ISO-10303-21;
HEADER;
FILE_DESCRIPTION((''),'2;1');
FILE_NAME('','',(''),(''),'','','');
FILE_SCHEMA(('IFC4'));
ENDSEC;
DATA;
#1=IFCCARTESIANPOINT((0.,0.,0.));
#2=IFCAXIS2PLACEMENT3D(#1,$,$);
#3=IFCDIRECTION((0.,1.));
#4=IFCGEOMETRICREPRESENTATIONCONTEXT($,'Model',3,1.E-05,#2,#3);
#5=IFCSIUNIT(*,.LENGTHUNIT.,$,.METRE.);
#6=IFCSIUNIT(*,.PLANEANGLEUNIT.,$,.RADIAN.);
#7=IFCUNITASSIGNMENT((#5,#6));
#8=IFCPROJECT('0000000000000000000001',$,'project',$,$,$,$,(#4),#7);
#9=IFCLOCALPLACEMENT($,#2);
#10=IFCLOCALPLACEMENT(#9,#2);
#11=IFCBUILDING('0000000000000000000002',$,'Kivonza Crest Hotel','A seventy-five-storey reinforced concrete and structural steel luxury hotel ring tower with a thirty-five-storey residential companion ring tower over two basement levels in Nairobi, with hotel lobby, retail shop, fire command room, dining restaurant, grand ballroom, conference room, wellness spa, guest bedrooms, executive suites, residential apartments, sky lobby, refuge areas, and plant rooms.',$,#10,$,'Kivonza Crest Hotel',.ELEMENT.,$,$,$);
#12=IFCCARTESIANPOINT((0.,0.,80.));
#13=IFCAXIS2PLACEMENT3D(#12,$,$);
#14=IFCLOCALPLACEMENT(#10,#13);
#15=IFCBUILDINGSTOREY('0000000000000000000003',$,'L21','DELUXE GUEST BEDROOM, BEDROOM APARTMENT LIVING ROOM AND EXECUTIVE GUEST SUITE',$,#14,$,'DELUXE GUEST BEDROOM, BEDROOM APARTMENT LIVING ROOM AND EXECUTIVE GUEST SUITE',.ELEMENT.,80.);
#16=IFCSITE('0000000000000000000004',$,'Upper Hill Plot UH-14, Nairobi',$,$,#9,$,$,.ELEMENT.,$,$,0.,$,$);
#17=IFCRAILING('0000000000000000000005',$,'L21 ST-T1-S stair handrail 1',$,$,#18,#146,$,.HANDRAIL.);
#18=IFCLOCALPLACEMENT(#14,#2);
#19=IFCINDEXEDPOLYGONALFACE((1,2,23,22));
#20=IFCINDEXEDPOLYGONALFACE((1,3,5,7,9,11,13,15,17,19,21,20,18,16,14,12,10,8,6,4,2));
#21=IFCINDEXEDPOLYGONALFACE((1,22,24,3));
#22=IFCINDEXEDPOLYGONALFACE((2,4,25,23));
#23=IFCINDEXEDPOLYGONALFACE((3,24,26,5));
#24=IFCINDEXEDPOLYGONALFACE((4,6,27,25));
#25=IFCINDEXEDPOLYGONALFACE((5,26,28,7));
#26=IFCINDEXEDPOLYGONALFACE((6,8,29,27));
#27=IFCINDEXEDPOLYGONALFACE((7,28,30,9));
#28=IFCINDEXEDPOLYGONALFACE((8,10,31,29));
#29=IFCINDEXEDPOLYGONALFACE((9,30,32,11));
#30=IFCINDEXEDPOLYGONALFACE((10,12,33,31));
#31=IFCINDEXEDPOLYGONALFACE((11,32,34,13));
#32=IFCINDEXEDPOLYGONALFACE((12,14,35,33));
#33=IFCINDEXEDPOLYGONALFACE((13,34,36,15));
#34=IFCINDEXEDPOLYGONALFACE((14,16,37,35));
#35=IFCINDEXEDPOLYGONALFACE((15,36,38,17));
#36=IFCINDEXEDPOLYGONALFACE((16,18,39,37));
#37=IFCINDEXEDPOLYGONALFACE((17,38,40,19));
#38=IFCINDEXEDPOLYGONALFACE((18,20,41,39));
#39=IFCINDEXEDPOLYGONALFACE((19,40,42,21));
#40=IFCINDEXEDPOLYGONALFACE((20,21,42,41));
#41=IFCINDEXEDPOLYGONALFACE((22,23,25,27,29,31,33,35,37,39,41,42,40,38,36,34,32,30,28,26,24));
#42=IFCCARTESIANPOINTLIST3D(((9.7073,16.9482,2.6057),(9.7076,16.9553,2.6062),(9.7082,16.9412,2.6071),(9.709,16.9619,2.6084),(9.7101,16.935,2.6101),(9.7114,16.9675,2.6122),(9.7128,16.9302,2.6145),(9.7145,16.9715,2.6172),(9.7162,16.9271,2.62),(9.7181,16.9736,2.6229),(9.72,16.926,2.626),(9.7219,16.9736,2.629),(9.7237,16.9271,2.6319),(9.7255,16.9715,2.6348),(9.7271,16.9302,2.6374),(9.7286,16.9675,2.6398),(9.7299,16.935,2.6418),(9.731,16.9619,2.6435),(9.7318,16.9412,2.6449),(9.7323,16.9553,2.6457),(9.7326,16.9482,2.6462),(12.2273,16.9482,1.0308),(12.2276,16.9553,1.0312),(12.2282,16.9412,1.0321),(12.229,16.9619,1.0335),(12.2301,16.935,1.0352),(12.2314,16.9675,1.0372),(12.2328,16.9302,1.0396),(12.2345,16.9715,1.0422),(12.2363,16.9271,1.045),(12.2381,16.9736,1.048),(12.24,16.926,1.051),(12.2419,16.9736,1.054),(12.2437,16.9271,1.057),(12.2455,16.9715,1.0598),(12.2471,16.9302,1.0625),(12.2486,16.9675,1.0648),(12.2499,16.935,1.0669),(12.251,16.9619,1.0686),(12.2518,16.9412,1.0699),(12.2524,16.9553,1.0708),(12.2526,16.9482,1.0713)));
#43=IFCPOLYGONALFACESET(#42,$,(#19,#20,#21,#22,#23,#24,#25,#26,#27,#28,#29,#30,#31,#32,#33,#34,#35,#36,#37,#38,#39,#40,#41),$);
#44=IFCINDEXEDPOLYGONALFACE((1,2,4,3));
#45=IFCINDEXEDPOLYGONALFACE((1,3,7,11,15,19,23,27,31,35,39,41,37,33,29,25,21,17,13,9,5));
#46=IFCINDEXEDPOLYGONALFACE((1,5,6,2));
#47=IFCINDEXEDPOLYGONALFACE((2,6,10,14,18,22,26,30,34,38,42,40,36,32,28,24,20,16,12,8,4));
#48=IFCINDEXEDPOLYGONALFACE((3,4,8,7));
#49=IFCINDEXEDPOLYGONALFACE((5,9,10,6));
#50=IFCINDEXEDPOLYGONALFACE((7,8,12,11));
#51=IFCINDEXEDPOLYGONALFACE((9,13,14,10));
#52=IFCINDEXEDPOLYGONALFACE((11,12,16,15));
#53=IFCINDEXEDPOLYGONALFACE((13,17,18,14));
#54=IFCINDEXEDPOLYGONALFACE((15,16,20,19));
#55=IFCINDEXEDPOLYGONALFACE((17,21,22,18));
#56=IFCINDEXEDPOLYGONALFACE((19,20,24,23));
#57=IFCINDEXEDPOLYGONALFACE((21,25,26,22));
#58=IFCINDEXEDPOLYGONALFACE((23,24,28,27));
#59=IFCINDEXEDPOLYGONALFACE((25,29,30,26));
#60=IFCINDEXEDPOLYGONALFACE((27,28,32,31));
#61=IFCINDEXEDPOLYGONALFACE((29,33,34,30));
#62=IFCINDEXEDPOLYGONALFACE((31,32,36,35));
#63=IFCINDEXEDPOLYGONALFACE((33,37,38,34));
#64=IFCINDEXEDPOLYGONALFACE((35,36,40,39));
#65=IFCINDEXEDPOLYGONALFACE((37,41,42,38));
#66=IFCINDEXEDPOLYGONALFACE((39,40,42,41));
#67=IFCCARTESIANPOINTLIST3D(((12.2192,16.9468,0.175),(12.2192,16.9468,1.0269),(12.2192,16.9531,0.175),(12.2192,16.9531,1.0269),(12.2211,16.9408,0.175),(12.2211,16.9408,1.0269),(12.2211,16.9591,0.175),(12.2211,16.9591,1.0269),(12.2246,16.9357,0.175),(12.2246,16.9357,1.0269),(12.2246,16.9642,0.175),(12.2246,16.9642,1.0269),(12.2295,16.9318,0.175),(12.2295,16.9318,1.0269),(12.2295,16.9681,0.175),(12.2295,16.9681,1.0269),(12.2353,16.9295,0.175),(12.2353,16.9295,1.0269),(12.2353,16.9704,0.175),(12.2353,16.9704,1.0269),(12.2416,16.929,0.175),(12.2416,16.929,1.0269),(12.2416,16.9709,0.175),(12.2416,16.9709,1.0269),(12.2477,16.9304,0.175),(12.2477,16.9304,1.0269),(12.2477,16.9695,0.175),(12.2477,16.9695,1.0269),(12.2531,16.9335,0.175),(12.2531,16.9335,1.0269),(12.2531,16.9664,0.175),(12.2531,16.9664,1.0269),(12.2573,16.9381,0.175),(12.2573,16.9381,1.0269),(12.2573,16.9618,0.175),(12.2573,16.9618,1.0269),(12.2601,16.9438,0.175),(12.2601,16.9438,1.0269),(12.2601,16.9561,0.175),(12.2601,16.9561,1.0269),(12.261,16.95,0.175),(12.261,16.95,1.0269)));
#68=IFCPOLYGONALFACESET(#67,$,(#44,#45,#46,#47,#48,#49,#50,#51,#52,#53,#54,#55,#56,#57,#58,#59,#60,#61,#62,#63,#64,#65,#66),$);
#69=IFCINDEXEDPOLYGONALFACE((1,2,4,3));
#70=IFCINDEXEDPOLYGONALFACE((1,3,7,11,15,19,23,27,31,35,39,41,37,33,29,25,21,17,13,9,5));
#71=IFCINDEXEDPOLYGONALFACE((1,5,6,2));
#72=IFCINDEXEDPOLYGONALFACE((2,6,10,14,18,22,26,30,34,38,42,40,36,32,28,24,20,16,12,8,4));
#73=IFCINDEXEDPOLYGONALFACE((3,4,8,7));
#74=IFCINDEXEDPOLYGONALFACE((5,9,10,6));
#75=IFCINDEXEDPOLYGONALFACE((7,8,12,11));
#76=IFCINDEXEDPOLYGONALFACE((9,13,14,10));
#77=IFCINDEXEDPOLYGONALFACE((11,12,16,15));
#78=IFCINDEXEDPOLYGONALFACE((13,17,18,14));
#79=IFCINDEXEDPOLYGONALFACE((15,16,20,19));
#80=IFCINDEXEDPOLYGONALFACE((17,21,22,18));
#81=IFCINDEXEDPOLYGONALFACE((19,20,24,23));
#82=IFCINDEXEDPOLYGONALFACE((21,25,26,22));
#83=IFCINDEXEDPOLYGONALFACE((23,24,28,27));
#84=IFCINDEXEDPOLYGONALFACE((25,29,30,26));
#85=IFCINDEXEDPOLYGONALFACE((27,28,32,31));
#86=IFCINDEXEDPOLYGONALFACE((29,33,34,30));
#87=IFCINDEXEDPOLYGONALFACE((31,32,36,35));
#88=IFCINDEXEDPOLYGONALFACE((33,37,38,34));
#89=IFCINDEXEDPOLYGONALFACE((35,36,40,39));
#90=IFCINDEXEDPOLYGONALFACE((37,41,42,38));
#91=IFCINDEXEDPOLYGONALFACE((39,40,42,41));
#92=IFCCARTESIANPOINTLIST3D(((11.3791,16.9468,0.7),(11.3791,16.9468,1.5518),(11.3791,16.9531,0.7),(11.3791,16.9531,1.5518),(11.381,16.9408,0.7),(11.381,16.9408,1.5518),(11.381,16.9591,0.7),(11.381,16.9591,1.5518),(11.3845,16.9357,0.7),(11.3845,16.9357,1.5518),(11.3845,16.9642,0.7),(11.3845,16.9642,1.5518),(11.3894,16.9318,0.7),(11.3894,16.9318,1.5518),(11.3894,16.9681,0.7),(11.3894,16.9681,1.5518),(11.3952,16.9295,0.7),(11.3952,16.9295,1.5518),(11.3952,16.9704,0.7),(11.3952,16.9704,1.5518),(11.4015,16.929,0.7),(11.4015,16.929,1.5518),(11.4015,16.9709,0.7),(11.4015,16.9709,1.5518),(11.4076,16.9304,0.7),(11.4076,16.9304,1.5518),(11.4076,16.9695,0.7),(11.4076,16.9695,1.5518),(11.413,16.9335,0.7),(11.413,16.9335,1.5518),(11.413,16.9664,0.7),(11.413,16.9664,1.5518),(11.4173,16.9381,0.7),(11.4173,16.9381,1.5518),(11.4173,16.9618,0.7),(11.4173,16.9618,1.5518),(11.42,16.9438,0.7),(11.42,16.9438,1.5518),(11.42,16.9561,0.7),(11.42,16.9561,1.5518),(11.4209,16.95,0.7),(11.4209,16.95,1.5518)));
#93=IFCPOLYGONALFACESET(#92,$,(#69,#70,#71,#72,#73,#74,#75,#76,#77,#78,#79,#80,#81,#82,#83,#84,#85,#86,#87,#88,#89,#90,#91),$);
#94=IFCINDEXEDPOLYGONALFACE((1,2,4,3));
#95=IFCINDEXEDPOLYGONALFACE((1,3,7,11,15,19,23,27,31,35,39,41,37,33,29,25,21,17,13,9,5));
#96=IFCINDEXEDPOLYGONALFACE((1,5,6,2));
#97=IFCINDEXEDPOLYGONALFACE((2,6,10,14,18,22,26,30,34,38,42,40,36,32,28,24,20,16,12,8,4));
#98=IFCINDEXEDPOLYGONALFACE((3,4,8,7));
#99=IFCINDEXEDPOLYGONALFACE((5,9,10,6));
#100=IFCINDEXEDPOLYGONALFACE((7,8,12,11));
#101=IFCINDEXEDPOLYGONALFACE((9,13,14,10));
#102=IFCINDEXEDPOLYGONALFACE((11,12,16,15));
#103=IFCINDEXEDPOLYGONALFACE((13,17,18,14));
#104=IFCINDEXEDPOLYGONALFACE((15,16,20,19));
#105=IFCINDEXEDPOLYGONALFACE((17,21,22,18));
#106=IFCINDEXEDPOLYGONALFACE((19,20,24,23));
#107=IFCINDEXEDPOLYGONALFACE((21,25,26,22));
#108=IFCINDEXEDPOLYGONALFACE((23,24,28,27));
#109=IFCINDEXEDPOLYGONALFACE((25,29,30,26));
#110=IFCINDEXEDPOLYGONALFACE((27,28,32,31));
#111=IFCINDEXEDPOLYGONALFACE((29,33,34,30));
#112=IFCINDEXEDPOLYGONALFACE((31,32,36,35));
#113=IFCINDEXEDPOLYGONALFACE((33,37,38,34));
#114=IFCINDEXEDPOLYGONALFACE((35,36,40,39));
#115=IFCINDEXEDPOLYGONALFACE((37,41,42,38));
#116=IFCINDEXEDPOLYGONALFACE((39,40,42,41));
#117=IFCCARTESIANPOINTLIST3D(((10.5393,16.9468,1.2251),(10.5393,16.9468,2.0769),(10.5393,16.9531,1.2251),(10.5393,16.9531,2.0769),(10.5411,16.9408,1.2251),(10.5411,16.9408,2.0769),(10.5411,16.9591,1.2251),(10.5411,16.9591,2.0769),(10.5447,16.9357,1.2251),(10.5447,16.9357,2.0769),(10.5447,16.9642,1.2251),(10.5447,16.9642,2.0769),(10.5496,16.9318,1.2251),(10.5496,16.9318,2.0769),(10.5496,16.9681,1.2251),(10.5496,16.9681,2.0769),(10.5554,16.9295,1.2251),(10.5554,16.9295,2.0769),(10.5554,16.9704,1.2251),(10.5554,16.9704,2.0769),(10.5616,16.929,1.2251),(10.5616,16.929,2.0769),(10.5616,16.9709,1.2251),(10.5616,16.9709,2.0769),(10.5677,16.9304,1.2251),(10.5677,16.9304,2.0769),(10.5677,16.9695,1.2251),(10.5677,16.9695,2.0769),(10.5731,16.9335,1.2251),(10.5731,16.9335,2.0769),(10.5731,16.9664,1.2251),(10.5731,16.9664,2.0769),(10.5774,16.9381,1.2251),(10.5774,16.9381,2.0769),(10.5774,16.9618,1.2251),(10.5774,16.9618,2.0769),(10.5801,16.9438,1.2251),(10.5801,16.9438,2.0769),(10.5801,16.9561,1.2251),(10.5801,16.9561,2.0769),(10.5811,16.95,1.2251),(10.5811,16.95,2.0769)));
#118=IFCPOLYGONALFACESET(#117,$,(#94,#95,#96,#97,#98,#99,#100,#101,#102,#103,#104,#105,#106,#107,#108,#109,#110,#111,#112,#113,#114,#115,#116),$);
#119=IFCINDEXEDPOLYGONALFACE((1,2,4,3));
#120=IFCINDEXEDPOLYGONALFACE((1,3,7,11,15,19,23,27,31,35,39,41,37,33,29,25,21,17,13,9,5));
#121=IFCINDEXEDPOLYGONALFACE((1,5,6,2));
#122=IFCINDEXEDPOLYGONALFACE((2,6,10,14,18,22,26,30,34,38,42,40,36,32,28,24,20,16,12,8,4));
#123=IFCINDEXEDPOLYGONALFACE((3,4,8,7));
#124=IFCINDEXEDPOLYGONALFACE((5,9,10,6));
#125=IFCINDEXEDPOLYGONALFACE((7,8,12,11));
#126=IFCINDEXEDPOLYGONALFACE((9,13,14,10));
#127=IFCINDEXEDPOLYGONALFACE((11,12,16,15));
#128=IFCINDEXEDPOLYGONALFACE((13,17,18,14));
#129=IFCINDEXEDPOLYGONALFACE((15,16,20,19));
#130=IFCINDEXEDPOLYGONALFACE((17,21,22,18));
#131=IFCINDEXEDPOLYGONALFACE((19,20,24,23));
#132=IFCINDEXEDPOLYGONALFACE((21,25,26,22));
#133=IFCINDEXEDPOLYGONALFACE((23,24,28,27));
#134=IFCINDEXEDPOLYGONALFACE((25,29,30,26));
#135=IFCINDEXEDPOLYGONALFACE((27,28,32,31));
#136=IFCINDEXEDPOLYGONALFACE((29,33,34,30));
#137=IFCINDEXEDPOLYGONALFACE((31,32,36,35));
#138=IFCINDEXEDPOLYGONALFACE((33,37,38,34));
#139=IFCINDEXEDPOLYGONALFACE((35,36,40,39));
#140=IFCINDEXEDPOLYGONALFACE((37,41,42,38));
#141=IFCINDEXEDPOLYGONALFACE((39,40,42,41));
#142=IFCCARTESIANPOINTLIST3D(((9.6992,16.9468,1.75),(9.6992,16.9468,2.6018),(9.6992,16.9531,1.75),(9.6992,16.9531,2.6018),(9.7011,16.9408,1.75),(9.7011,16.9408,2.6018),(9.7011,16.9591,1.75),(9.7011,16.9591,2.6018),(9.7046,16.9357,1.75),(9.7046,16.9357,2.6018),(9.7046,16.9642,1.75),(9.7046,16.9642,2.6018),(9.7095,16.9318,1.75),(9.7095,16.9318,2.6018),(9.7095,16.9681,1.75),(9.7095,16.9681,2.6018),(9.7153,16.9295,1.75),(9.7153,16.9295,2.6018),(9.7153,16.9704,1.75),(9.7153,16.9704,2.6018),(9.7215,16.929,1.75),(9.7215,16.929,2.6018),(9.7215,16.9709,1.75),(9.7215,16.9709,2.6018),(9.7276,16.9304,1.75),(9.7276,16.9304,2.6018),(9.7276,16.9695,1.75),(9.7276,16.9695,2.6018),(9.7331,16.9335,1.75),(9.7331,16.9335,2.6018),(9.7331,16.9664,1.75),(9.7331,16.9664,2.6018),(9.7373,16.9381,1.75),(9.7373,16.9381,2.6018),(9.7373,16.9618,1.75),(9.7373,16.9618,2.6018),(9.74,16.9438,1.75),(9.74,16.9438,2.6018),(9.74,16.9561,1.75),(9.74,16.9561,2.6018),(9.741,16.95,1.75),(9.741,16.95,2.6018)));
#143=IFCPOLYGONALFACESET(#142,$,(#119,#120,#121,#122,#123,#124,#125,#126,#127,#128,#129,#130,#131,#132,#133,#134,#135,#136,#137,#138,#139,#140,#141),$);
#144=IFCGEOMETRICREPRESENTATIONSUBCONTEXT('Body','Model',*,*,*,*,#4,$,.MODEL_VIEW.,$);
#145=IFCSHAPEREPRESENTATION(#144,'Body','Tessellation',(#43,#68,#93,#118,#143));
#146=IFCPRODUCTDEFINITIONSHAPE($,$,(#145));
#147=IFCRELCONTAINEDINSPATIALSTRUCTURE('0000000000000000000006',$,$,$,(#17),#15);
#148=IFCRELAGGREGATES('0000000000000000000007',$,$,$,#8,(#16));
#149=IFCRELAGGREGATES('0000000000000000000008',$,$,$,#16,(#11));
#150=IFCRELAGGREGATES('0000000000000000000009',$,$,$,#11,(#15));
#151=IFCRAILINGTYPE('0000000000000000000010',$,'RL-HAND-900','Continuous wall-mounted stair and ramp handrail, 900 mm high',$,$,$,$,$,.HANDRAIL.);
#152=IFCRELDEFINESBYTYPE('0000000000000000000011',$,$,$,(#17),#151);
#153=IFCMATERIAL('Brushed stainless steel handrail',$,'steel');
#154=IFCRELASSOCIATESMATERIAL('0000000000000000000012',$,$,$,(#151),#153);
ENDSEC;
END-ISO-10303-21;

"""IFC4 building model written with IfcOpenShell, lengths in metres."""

from ifc_helpers import new_model, si_unit, direction, frame, origin, origin_2d, place, context, subcontext, project, spatial, circle, extrude, material, type_object, element, save


model = new_model("IFC4")

# Units and contexts
model_context = context("Model", 3, precision=1e-05, world=origin(), true_north=direction((0.0, 1.0)))
body_context = subcontext(model_context, "Body", "Model", "MODEL_VIEW")
ifc_project = project(units=[si_unit("LENGTHUNIT", "METRE"), si_unit("PLANEANGLEUNIT", "RADIAN")], contexts=[model_context])

# Site, building, storey
site_placement = place(None, origin())
site = spatial("IfcSite", under=ifc_project, at=site_placement, Name="Upper Hill Plot UH-14, Nairobi", CompositionType="ELEMENT", RefElevation=0.0)
building_placement = place(site_placement, origin())
building = spatial("IfcBuilding", under=site, at=building_placement, Name="Kivonza Crest Hotel", Description="A seventy-five-storey reinforced concrete and structural steel luxury hotel ring tower with a thirty-five-storey residential companion ring tower over two basement levels in Nairobi, with hotel lobby, retail shop, fire command room, dining restaurant, grand ballroom, conference room, wellness spa, guest bedrooms, executive suites, residential apartments, sky lobby, refuge areas, and plant rooms.", LongName="Kivonza Crest Hotel", CompositionType="ELEMENT")
storey_placement = place(building_placement, frame((0.0, 0.0, 80.0)))
storey = spatial("IfcBuildingStorey", under=building, at=storey_placement, Name="L21", Description="DELUXE GUEST BEDROOM, BEDROOM APARTMENT LIVING ROOM AND EXECUTIVE GUEST SUITE", LongName="DELUXE GUEST BEDROOM, BEDROOM APARTMENT LIVING ROOM AND EXECUTIVE GUEST SUITE", CompositionType="ELEMENT", Elevation=80.0)

# Railing
ifc_material_1 = material(Name="Brushed stainless steel handrail", Category="steel")
railing_type_1 = type_object("IfcRailingType", Name="RL-HAND-900", Description="Continuous wall-mounted stair and ramp handrail, 900 mm high", PredefinedType="HANDRAIL", material=ifc_material_1)
railing_1_placement = place(storey_placement, frame((12.24, 16.95, 0.175)))
element("IfcRailing", 1, at=railing_1_placement, inside=storey, type_object=railing_type_1, Name="L21 ST-T1-S stair handrail 1", PredefinedType="HANDRAIL", context=body_context, shape_type="SweptSolid", body=[
    extrude(circle(Radius=0.0239, at=origin_2d()), frame((0.0, 0.0, 0.876), z_axis=(-0.848008, 0.0, 0.529984), x_axis=(0.0, -1.0, 0.0)), (0.0, 0.0, 1.0), 2.9717),
    extrude(circle(Radius=0.021, at=origin_2d()), origin(), (0.0, 0.0, 1.0), 0.8518),
    extrude(circle(Radius=0.021, at=origin_2d()), frame((-0.8401, 0.0, 0.5249)), (0.0, 0.0, 1.0), 0.8518),
    extrude(circle(Radius=0.021, at=origin_2d()), frame((-1.6799, 0.0, 1.05)), (0.0, 0.0, 1.0), 0.8518),
    extrude(circle(Radius=0.021, at=origin_2d()), frame((-2.52, 0.0, 1.575)), (0.0, 0.0, 1.0), 0.8518),
])

save(model, "model.ifc")
